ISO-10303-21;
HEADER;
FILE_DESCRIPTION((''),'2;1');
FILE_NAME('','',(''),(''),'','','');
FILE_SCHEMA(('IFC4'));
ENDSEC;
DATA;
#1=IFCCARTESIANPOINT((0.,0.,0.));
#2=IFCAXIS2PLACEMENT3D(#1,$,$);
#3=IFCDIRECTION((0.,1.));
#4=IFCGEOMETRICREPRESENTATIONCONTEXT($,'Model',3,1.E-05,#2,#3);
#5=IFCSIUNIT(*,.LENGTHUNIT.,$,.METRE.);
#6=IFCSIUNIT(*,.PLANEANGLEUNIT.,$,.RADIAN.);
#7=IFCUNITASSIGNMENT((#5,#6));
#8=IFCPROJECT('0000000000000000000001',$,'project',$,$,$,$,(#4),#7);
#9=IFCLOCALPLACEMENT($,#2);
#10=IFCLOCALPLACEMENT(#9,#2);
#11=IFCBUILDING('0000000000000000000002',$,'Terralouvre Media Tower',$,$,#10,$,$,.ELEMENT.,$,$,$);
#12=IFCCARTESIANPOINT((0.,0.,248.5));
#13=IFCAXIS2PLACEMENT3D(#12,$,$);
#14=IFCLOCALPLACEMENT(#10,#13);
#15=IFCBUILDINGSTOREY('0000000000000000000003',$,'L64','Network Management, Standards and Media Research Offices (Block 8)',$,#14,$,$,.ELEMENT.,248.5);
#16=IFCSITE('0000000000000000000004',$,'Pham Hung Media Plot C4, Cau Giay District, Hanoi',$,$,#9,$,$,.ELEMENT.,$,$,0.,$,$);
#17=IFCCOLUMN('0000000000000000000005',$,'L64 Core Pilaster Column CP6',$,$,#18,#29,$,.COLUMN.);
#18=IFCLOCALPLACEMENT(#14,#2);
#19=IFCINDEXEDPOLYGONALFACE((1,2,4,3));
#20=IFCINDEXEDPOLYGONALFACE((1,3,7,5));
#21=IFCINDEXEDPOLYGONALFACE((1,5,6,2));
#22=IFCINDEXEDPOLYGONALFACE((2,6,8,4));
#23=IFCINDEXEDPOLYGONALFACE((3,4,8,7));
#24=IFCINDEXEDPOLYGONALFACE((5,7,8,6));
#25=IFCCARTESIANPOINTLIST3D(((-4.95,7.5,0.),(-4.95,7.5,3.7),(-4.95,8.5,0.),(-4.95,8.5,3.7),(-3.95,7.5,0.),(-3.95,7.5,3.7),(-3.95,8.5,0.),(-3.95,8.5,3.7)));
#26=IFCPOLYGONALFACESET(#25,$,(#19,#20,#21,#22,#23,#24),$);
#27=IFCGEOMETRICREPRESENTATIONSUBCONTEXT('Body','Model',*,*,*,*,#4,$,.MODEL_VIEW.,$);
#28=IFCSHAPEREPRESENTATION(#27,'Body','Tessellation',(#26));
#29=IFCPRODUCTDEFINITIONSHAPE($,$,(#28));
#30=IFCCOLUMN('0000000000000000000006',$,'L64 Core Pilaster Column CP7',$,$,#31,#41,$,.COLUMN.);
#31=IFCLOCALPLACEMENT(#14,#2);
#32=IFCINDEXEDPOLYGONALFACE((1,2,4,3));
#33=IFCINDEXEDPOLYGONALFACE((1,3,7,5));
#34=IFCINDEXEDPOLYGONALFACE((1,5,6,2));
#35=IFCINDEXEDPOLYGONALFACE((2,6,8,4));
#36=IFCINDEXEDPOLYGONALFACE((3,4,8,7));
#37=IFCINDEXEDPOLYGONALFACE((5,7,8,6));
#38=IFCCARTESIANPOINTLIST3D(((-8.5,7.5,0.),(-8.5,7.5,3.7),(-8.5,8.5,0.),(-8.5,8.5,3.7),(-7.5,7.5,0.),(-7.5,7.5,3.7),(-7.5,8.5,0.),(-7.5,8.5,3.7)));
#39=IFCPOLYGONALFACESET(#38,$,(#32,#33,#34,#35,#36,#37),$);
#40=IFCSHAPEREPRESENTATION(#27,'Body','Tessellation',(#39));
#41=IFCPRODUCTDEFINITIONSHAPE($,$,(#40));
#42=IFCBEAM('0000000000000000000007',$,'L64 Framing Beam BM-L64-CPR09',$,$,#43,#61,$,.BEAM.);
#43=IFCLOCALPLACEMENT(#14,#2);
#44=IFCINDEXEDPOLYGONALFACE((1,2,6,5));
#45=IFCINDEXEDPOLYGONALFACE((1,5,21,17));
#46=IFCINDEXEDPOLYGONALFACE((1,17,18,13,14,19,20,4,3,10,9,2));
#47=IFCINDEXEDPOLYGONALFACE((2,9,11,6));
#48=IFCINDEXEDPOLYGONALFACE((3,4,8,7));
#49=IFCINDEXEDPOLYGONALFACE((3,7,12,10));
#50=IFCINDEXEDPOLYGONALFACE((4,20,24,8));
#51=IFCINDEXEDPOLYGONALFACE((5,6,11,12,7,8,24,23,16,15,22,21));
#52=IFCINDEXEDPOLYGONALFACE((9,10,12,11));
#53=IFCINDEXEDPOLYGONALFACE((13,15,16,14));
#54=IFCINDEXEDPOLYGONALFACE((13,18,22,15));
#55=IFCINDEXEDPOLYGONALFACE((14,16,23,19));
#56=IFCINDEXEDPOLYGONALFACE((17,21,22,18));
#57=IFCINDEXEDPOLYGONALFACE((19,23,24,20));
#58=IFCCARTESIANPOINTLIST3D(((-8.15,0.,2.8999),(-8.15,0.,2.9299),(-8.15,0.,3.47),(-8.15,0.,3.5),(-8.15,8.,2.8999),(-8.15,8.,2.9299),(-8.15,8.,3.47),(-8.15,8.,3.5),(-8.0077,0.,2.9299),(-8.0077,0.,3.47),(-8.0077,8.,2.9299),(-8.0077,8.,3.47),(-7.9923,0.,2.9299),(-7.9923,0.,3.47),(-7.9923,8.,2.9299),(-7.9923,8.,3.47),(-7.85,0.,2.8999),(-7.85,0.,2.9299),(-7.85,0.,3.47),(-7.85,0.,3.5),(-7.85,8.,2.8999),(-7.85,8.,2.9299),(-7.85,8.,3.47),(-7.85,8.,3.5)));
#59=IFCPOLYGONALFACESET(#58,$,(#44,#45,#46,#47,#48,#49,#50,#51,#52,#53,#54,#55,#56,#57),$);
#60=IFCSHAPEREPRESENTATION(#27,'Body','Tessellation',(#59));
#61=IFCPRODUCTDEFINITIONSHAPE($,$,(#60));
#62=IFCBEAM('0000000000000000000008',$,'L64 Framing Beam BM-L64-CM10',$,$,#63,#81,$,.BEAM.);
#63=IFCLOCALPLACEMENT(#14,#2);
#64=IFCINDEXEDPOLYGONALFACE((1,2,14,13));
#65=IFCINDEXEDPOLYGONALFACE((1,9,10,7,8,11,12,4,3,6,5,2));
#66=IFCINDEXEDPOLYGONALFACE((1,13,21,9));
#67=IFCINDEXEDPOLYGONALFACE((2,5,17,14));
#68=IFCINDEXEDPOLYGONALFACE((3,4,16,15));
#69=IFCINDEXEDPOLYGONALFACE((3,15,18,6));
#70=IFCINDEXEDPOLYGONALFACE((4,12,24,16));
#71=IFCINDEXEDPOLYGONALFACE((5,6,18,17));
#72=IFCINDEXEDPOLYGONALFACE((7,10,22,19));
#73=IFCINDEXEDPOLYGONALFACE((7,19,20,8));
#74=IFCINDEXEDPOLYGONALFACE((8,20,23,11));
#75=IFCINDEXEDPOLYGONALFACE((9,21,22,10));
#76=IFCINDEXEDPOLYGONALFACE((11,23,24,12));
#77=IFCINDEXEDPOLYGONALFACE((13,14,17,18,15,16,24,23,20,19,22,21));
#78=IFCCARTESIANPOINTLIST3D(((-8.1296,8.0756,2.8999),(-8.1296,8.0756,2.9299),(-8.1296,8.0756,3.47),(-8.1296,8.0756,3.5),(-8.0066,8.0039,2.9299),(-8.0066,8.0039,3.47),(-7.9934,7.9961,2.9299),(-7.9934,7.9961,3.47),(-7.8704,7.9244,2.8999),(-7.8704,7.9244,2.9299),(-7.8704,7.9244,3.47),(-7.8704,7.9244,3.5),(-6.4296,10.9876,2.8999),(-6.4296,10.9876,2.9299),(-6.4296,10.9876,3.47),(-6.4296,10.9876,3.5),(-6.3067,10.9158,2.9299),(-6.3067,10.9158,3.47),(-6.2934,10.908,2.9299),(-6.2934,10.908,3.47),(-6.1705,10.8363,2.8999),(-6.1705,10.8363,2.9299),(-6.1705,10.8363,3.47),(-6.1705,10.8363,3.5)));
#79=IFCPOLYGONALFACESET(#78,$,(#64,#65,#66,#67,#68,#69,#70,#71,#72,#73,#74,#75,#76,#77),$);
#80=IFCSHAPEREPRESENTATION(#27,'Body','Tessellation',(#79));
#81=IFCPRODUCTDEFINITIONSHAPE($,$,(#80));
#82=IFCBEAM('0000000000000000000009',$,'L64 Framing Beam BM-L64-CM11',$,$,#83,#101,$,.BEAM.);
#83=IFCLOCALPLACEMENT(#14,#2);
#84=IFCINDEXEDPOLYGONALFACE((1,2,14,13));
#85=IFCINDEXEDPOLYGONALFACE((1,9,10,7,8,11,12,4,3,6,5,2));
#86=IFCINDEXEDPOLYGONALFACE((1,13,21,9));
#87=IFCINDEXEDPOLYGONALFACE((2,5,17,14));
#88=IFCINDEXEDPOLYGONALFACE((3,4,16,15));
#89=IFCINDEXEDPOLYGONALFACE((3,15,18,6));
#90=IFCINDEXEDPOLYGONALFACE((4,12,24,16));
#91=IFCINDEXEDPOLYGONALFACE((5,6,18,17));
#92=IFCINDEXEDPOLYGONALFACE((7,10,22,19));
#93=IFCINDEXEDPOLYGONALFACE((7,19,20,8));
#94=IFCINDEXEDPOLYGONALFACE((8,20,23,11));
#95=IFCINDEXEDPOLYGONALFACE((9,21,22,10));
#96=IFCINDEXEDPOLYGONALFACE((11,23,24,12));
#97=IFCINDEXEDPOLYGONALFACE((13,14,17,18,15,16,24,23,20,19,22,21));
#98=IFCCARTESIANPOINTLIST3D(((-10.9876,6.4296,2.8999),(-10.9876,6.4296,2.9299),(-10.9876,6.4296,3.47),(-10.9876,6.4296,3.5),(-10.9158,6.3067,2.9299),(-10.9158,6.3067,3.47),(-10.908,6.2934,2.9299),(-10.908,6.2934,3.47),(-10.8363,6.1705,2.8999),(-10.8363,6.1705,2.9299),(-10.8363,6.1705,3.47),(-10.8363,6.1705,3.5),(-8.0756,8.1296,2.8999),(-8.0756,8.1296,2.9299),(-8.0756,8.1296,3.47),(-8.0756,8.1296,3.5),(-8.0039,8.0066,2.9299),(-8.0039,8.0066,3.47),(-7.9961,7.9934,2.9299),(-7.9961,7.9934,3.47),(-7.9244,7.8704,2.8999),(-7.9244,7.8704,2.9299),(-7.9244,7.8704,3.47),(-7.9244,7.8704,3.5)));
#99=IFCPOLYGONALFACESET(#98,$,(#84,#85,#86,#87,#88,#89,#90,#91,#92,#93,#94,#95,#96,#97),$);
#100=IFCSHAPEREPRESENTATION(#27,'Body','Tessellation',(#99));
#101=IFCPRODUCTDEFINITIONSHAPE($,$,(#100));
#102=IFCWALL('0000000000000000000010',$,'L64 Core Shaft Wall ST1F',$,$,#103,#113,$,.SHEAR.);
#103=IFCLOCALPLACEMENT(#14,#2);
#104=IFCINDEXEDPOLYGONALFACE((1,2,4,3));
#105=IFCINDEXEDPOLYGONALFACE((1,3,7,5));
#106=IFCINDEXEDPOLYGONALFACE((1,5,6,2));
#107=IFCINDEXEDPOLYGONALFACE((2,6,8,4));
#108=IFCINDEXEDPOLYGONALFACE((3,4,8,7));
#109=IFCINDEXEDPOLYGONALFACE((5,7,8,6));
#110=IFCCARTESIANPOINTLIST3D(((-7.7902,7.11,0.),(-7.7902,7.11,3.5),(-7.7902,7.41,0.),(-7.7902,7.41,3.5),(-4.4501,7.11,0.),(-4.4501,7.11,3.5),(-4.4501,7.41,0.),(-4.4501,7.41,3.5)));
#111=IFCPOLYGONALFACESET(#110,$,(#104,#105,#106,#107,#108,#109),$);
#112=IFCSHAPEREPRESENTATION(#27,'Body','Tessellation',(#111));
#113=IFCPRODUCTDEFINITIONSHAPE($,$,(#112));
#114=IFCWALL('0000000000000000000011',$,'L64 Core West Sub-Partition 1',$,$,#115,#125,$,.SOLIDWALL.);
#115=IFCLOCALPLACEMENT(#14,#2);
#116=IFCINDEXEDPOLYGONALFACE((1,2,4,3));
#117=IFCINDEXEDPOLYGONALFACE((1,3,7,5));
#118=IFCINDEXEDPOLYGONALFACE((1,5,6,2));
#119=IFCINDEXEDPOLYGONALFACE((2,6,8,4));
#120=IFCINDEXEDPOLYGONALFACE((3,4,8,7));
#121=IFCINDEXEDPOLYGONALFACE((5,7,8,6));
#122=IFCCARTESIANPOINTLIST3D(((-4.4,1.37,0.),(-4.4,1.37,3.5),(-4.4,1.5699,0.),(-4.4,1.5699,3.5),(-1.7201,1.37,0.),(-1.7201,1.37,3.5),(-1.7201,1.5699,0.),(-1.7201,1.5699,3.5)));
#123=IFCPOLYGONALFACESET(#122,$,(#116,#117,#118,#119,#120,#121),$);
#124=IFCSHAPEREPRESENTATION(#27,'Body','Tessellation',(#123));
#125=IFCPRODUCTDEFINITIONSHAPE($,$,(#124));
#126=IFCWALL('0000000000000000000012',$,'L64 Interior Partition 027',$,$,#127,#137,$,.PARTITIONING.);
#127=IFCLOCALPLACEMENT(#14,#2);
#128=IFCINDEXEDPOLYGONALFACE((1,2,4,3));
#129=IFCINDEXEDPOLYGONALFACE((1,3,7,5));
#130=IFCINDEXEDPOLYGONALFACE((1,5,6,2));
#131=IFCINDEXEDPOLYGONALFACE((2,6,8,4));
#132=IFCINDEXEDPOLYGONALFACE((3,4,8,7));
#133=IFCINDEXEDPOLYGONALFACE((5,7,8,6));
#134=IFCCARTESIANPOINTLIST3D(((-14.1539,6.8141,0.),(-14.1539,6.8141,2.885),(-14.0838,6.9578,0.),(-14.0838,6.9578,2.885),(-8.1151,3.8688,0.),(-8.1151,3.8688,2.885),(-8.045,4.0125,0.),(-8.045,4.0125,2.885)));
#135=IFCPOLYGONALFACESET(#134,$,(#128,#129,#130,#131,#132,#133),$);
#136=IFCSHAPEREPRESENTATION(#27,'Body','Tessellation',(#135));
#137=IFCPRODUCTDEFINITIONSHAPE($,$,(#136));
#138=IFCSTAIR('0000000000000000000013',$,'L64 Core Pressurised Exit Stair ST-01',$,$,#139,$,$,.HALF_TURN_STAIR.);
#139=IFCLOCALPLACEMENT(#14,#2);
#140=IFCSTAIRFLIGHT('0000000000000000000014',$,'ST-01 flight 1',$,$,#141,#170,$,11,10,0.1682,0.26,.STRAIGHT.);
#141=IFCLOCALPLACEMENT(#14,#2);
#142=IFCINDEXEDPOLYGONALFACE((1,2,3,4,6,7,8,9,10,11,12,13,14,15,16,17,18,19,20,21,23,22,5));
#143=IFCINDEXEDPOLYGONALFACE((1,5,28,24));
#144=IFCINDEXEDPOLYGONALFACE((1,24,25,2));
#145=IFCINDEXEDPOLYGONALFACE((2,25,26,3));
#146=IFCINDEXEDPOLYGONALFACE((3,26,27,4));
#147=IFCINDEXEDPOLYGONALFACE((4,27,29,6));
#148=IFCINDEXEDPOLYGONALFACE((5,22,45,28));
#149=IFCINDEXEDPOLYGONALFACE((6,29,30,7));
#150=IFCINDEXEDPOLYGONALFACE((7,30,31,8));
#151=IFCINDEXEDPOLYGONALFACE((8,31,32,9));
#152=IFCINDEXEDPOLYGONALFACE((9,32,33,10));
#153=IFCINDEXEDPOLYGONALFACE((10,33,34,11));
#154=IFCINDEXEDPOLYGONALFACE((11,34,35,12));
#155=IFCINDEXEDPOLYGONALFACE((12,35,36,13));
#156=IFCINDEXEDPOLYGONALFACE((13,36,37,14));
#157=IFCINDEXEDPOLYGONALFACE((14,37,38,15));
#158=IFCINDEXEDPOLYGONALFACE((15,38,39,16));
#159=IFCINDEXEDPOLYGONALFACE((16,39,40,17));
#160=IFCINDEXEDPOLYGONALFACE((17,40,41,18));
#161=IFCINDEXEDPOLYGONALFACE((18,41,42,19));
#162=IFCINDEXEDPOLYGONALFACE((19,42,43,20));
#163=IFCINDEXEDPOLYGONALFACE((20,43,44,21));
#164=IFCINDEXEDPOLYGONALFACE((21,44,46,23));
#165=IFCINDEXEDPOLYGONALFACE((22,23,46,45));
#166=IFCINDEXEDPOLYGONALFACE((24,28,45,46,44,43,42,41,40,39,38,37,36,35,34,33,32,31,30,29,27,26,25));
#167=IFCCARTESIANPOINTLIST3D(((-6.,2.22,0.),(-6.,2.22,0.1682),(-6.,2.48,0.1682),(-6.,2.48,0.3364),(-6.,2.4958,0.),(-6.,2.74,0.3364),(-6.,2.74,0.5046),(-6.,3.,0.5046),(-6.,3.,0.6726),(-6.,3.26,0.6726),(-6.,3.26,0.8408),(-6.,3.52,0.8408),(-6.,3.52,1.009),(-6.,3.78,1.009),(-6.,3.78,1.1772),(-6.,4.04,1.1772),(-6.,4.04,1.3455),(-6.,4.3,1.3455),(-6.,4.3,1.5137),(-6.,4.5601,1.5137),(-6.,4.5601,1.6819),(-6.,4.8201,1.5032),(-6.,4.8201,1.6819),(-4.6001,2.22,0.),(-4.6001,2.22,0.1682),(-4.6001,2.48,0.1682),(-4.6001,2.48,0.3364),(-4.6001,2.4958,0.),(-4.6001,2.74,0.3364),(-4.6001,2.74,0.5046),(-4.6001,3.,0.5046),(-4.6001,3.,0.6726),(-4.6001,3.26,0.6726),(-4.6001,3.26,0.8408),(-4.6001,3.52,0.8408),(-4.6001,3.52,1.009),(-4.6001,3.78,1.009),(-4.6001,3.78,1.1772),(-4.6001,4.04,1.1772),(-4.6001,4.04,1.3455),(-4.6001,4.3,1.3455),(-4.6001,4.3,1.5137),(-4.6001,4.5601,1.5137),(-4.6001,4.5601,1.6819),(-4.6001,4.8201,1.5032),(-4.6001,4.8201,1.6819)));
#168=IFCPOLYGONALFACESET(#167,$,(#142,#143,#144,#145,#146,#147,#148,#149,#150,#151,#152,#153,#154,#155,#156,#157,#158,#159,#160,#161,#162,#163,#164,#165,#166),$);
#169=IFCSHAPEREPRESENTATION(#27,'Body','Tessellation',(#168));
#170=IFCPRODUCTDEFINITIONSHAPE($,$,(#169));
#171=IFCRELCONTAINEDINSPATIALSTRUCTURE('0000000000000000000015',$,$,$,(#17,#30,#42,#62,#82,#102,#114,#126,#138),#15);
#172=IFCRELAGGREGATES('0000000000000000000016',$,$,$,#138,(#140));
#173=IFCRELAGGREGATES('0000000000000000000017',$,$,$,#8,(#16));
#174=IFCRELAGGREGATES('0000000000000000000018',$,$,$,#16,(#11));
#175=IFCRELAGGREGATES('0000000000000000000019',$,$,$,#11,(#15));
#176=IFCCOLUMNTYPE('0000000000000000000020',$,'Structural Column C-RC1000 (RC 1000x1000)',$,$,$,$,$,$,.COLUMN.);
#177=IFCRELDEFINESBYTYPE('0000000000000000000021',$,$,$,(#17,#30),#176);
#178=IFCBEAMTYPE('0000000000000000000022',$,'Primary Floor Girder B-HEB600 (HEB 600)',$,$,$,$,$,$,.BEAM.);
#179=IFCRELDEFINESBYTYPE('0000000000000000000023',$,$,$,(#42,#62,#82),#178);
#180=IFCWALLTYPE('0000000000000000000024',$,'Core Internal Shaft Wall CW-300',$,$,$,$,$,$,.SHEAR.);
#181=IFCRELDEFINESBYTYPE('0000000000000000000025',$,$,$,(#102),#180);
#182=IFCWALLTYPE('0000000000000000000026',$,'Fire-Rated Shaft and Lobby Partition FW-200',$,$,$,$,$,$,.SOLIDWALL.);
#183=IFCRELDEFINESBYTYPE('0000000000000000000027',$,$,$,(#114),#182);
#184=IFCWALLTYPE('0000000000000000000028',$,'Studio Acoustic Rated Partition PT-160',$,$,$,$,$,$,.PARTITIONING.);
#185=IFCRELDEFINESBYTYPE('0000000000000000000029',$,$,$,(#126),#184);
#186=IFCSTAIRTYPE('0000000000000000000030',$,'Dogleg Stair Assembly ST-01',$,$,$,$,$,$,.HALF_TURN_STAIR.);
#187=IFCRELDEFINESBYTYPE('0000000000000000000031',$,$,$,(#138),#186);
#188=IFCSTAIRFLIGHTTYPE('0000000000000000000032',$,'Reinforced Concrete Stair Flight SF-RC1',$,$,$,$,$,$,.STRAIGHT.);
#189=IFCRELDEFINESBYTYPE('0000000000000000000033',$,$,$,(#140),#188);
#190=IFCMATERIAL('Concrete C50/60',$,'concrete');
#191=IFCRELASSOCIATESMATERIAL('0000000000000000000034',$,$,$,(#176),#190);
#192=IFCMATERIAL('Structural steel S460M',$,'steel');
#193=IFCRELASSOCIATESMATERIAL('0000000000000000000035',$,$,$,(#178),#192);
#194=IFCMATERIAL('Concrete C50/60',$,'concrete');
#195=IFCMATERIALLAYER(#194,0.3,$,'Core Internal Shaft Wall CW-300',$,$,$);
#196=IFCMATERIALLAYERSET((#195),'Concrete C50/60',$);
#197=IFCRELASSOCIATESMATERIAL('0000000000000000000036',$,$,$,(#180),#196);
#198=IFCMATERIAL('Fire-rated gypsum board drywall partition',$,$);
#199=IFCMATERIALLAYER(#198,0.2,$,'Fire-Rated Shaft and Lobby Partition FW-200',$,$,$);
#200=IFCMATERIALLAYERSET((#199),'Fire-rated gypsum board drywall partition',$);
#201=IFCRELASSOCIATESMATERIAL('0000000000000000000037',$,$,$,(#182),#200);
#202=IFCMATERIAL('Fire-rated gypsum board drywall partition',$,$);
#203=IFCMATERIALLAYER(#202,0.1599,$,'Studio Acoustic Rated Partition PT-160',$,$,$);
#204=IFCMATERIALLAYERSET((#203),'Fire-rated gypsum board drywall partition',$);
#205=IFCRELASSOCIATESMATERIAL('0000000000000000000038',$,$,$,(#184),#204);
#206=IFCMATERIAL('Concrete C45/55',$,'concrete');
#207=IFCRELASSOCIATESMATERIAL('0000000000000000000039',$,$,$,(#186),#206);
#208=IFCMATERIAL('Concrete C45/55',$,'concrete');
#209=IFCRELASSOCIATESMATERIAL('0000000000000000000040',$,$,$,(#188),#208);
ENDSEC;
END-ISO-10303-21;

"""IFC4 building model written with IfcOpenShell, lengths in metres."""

from ifc_helpers import new_model, si_unit, direction, frame, frame_2d, origin, origin_2d, place, context, subcontext, project, spatial, polyline, rectangle, i_section, outline, extrude, material, layer, layer_set, material_profile, profile_set, type_object, element, aggregate, save


model = new_model("IFC4")

# Units and contexts
model_context = context("Model", 3, precision=1e-05, world=origin(), true_north=direction((0.0, 1.0)))
body_context = subcontext(model_context, "Body", "Model", "MODEL_VIEW")
ifc_project = project(units=[si_unit("LENGTHUNIT", "METRE"), si_unit("PLANEANGLEUNIT", "RADIAN")], contexts=[model_context])

# Site, building, storey
site_placement = place(None, origin())
site = spatial("IfcSite", under=ifc_project, at=site_placement, Name="Pham Hung Media Plot C4, Cau Giay District, Hanoi", CompositionType="ELEMENT", RefElevation=0.0)
building_placement = place(site_placement, origin())
building = spatial("IfcBuilding", under=site, at=building_placement, Name="Terralouvre Media Tower", CompositionType="ELEMENT")
storey_placement = place(building_placement, frame((0.0, 0.0, 248.5)))
storey = spatial("IfcBuildingStorey", under=building, at=storey_placement, Name="L64", Description="Network Management, Standards and Media Research Offices (Block 8)", CompositionType="ELEMENT", Elevation=248.5)

# Columns
ifc_material_1 = material(Name="Concrete C50/60", Category="concrete")
ifc_material_profile_1 = material_profile(ifc_material_1, rectangle(XDim=1.0, YDim=1.0, at=origin_2d()), Name="RC 1000x1000")
ifc_profile_set_1 = profile_set([ifc_material_profile_1], Name="Concrete C50/60")
column_type = type_object("IfcColumnType", Name="Structural Column C-RC1000 (RC 1000x1000)", PredefinedType="COLUMN", material=ifc_profile_set_1)
for number, where, z_axis, x_axis, name in (
    (1, (-4.45, 8.0, 0.0), (0.0, 0.0, 1.0), (1.0, 0.0, 0.0), "L64 Core Pilaster Column CP6"),
    (2, (-8.0, 8.0, 0.0), (0.0, 0.0, 1.0), (1.0, 0.0, 0.0), "L64 Core Pilaster Column CP7"),
):
    element("IfcColumn", number, at=place(storey_placement, frame(where, z_axis=z_axis, x_axis=x_axis)), inside=storey, type_object=column_type, Name=name, PredefinedType="COLUMN", context=body_context, shape_type="SweptSolid", body=[
        extrude(rectangle(XDim=1.0, YDim=1.0, at=origin_2d()), origin(), (0.0, 0.0, 1.0), 3.7),
    ])

# Beams
ifc_material_2 = material(Name="Structural steel S460M", Category="steel")
ifc_material_profile_2 = material_profile(ifc_material_2, i_section(OverallWidth=0.3, OverallDepth=0.6001, WebThickness=0.0154, FlangeThickness=0.03, at=origin_2d()), Name="HEB 600")
ifc_profile_set_2 = profile_set([ifc_material_profile_2], Name="Structural steel S460M")
beam_type = type_object("IfcBeamType", Name="Primary Floor Girder B-HEB600 (HEB 600)", PredefinedType="BEAM", material=ifc_profile_set_2)
beam_placement = place(storey_placement, frame((-8.0, 8.0, 3.2), z_axis=(0.0, -1.0, 0.0), x_axis=(1.0, 0.0, 0.0)))
element("IfcBeam", 3, at=beam_placement, inside=storey, type_object=beam_type, Name="L64 Framing Beam BM-L64-CPR09", PredefinedType="BEAM", context=body_context, shape_type="SweptSolid", body=[
    extrude(i_section(OverallWidth=0.3, OverallDepth=0.6001, WebThickness=0.0154, FlangeThickness=0.03, at=origin_2d()), origin(), (0.0, 0.0, 1.0), 8.0),
])
for number, where, z_axis, x_axis, name in (
    (4, (-8.0, 8.0, 3.2), (0.504173, 0.863603, 0.0), (-0.863603, 0.504173, 0.0), "L64 Framing Beam BM-L64-CM10"),
    (5, (-8.0, 8.0, 3.2), (-0.863603, -0.504173, 0.0), (0.504173, -0.863603, 0.0), "L64 Framing Beam BM-L64-CM11"),
):
    element("IfcBeam", number, at=place(storey_placement, frame(where, z_axis=z_axis, x_axis=x_axis)), inside=storey, type_object=beam_type, Name=name, PredefinedType="BEAM", context=body_context, shape_type="SweptSolid", body=[
        extrude(i_section(OverallWidth=0.3, OverallDepth=0.6001, WebThickness=0.0154, FlangeThickness=0.03, at=origin_2d()), origin(), (0.0, 0.0, 1.0), 3.3718),
    ])

# Shared definitions
ifc_material_3 = material(Name="Concrete C50/60", Category="concrete")
ifc_layer_1 = layer(ifc_material_3, 0.3, Name="Core Internal Shaft Wall CW-300")
ifc_layer_set_1 = layer_set([ifc_layer_1], Name="Concrete C50/60")
wall_type_1 = type_object("IfcWallType", Name="Core Internal Shaft Wall CW-300", PredefinedType="SHEAR", material=ifc_layer_set_1)

# Wall
wall_1_placement = place(storey_placement, frame((-7.79, 7.26, 0.0), z_axis=(0.0, 0.0, 1.0), x_axis=(1.0, 0.0, 0.0)))
element("IfcWall", 6, at=wall_1_placement, inside=storey, type_object=wall_type_1, Name="L64 Core Shaft Wall ST1F", PredefinedType="SHEAR", context=body_context, shape_type="SweptSolid", body=[
    extrude(rectangle(XDim=3.3401, YDim=0.3, at=frame_2d((1.6699, 0.0))), origin(), (0.0, 0.0, 1.0), 3.5),
])

# Walls
ifc_material_4 = material(Name="Fire-rated gypsum board drywall partition")
ifc_layer_2 = layer(ifc_material_4, 0.2, Name="Fire-Rated Shaft and Lobby Partition FW-200")
ifc_layer_set_2 = layer_set([ifc_layer_2], Name="Fire-rated gypsum board drywall partition")
wall_type_2 = type_object("IfcWallType", Name="Fire-Rated Shaft and Lobby Partition FW-200", PredefinedType="SOLIDWALL", material=ifc_layer_set_2)
wall_2_placement = place(storey_placement, frame((-4.3999, 1.47, 0.0), z_axis=(0.0, 0.0, 1.0), x_axis=(1.0, 0.0, 0.0)))
element("IfcWall", 7, at=wall_2_placement, inside=storey, type_object=wall_type_2, Name="L64 Core West Sub-Partition 1", PredefinedType="SOLIDWALL", context=body_context, shape_type="SweptSolid", body=[
    extrude(rectangle(XDim=2.6799, YDim=0.2, at=frame_2d((1.3398, 0.0))), origin(), (0.0, 0.0, 1.0), 3.5),
])
ifc_material_5 = material(Name="Fire-rated gypsum board drywall partition")
ifc_layer_3 = layer(ifc_material_5, 0.1599, Name="Studio Acoustic Rated Partition PT-160")
ifc_layer_set_3 = layer_set([ifc_layer_3], Name="Fire-rated gypsum board drywall partition")
wall_type_3 = type_object("IfcWallType", Name="Studio Acoustic Rated Partition PT-160", PredefinedType="PARTITIONING", material=ifc_layer_set_3)
wall_3_placement = place(storey_placement, frame((-8.0801, 3.9407, 0.0), z_axis=(0.0, 0.0, 1.0), x_axis=(-0.898795, 0.438369, 0.0)))
element("IfcWall", 8, at=wall_3_placement, inside=storey, type_object=wall_type_3, Name="L64 Interior Partition 027", PredefinedType="PARTITIONING", context=body_context, shape_type="SweptSolid", body=[
    extrude(rectangle(XDim=6.7188, YDim=0.1599, at=frame_2d((3.3594, 0.0))), origin(), (0.0, 0.0, 1.0), 2.885),
])

# Stair, stair flight
ifc_material_6 = material(Name="Concrete C45/55", Category="concrete")
stair_type = type_object("IfcStairType", Name="Dogleg Stair Assembly ST-01", PredefinedType="HALF_TURN_STAIR", material=ifc_material_6)
stair_placement = place(storey_placement, origin())
stair = element("IfcStair", 9, at=stair_placement, inside=storey, type_object=stair_type, Name="L64 Core Pressurised Exit Stair ST-01", PredefinedType="HALF_TURN_STAIR")
ifc_material_7 = material(Name="Concrete C45/55", Category="concrete")
stair_flight_type = type_object("IfcStairFlightType", Name="Reinforced Concrete Stair Flight SF-RC1", PredefinedType="STRAIGHT", material=ifc_material_7)
stair_flight_1_placement = place(storey_placement, frame((-5.3, 2.22, 0.0), z_axis=(0.0, 0.0, 1.0), x_axis=(0.0, 1.0, 0.0)))
stair_flight_1 = element("IfcStairFlight", 10, at=stair_flight_1_placement, type_object=stair_flight_type, Name="ST-01 flight 1", NumberOfRisers=11, NumberOfTreads=10, PredefinedType="STRAIGHT", RiserHeight=0.1682, TreadLength=0.26, context=body_context, shape_type="SweptSolid", body=[
    extrude(outline(polyline([(0.0, 0.0), (0.0, 0.1682), (0.26, 0.1682), (0.26, 0.3364), (0.52, 0.3364), (0.52, 0.5046), (0.78, 0.5046), (0.78, 0.6726), (1.04, 0.6726), (1.04, 0.8408), (1.3, 0.8408), (1.3, 1.009), (1.5601, 1.009), (1.5601, 1.1772), (1.8201, 1.1772), (1.8201, 1.3455), (2.0801, 1.3455), (2.0801, 1.5137), (2.3401, 1.5137), (2.3401, 1.6819), (2.6001, 1.6819), (2.6001, 1.8501), (2.6001, 1.5032), (0.2759, 0.0), (0.0, 0.0)])), frame((0.0, 0.7, 0.0), z_axis=(0.0, -1.0, 0.0), x_axis=(1.0, 0.0, 0.0)), (0.0, 0.0, 1.0), 1.3999),
])
aggregate(stair, [stair_flight_1])

save(model, "model.ifc")
